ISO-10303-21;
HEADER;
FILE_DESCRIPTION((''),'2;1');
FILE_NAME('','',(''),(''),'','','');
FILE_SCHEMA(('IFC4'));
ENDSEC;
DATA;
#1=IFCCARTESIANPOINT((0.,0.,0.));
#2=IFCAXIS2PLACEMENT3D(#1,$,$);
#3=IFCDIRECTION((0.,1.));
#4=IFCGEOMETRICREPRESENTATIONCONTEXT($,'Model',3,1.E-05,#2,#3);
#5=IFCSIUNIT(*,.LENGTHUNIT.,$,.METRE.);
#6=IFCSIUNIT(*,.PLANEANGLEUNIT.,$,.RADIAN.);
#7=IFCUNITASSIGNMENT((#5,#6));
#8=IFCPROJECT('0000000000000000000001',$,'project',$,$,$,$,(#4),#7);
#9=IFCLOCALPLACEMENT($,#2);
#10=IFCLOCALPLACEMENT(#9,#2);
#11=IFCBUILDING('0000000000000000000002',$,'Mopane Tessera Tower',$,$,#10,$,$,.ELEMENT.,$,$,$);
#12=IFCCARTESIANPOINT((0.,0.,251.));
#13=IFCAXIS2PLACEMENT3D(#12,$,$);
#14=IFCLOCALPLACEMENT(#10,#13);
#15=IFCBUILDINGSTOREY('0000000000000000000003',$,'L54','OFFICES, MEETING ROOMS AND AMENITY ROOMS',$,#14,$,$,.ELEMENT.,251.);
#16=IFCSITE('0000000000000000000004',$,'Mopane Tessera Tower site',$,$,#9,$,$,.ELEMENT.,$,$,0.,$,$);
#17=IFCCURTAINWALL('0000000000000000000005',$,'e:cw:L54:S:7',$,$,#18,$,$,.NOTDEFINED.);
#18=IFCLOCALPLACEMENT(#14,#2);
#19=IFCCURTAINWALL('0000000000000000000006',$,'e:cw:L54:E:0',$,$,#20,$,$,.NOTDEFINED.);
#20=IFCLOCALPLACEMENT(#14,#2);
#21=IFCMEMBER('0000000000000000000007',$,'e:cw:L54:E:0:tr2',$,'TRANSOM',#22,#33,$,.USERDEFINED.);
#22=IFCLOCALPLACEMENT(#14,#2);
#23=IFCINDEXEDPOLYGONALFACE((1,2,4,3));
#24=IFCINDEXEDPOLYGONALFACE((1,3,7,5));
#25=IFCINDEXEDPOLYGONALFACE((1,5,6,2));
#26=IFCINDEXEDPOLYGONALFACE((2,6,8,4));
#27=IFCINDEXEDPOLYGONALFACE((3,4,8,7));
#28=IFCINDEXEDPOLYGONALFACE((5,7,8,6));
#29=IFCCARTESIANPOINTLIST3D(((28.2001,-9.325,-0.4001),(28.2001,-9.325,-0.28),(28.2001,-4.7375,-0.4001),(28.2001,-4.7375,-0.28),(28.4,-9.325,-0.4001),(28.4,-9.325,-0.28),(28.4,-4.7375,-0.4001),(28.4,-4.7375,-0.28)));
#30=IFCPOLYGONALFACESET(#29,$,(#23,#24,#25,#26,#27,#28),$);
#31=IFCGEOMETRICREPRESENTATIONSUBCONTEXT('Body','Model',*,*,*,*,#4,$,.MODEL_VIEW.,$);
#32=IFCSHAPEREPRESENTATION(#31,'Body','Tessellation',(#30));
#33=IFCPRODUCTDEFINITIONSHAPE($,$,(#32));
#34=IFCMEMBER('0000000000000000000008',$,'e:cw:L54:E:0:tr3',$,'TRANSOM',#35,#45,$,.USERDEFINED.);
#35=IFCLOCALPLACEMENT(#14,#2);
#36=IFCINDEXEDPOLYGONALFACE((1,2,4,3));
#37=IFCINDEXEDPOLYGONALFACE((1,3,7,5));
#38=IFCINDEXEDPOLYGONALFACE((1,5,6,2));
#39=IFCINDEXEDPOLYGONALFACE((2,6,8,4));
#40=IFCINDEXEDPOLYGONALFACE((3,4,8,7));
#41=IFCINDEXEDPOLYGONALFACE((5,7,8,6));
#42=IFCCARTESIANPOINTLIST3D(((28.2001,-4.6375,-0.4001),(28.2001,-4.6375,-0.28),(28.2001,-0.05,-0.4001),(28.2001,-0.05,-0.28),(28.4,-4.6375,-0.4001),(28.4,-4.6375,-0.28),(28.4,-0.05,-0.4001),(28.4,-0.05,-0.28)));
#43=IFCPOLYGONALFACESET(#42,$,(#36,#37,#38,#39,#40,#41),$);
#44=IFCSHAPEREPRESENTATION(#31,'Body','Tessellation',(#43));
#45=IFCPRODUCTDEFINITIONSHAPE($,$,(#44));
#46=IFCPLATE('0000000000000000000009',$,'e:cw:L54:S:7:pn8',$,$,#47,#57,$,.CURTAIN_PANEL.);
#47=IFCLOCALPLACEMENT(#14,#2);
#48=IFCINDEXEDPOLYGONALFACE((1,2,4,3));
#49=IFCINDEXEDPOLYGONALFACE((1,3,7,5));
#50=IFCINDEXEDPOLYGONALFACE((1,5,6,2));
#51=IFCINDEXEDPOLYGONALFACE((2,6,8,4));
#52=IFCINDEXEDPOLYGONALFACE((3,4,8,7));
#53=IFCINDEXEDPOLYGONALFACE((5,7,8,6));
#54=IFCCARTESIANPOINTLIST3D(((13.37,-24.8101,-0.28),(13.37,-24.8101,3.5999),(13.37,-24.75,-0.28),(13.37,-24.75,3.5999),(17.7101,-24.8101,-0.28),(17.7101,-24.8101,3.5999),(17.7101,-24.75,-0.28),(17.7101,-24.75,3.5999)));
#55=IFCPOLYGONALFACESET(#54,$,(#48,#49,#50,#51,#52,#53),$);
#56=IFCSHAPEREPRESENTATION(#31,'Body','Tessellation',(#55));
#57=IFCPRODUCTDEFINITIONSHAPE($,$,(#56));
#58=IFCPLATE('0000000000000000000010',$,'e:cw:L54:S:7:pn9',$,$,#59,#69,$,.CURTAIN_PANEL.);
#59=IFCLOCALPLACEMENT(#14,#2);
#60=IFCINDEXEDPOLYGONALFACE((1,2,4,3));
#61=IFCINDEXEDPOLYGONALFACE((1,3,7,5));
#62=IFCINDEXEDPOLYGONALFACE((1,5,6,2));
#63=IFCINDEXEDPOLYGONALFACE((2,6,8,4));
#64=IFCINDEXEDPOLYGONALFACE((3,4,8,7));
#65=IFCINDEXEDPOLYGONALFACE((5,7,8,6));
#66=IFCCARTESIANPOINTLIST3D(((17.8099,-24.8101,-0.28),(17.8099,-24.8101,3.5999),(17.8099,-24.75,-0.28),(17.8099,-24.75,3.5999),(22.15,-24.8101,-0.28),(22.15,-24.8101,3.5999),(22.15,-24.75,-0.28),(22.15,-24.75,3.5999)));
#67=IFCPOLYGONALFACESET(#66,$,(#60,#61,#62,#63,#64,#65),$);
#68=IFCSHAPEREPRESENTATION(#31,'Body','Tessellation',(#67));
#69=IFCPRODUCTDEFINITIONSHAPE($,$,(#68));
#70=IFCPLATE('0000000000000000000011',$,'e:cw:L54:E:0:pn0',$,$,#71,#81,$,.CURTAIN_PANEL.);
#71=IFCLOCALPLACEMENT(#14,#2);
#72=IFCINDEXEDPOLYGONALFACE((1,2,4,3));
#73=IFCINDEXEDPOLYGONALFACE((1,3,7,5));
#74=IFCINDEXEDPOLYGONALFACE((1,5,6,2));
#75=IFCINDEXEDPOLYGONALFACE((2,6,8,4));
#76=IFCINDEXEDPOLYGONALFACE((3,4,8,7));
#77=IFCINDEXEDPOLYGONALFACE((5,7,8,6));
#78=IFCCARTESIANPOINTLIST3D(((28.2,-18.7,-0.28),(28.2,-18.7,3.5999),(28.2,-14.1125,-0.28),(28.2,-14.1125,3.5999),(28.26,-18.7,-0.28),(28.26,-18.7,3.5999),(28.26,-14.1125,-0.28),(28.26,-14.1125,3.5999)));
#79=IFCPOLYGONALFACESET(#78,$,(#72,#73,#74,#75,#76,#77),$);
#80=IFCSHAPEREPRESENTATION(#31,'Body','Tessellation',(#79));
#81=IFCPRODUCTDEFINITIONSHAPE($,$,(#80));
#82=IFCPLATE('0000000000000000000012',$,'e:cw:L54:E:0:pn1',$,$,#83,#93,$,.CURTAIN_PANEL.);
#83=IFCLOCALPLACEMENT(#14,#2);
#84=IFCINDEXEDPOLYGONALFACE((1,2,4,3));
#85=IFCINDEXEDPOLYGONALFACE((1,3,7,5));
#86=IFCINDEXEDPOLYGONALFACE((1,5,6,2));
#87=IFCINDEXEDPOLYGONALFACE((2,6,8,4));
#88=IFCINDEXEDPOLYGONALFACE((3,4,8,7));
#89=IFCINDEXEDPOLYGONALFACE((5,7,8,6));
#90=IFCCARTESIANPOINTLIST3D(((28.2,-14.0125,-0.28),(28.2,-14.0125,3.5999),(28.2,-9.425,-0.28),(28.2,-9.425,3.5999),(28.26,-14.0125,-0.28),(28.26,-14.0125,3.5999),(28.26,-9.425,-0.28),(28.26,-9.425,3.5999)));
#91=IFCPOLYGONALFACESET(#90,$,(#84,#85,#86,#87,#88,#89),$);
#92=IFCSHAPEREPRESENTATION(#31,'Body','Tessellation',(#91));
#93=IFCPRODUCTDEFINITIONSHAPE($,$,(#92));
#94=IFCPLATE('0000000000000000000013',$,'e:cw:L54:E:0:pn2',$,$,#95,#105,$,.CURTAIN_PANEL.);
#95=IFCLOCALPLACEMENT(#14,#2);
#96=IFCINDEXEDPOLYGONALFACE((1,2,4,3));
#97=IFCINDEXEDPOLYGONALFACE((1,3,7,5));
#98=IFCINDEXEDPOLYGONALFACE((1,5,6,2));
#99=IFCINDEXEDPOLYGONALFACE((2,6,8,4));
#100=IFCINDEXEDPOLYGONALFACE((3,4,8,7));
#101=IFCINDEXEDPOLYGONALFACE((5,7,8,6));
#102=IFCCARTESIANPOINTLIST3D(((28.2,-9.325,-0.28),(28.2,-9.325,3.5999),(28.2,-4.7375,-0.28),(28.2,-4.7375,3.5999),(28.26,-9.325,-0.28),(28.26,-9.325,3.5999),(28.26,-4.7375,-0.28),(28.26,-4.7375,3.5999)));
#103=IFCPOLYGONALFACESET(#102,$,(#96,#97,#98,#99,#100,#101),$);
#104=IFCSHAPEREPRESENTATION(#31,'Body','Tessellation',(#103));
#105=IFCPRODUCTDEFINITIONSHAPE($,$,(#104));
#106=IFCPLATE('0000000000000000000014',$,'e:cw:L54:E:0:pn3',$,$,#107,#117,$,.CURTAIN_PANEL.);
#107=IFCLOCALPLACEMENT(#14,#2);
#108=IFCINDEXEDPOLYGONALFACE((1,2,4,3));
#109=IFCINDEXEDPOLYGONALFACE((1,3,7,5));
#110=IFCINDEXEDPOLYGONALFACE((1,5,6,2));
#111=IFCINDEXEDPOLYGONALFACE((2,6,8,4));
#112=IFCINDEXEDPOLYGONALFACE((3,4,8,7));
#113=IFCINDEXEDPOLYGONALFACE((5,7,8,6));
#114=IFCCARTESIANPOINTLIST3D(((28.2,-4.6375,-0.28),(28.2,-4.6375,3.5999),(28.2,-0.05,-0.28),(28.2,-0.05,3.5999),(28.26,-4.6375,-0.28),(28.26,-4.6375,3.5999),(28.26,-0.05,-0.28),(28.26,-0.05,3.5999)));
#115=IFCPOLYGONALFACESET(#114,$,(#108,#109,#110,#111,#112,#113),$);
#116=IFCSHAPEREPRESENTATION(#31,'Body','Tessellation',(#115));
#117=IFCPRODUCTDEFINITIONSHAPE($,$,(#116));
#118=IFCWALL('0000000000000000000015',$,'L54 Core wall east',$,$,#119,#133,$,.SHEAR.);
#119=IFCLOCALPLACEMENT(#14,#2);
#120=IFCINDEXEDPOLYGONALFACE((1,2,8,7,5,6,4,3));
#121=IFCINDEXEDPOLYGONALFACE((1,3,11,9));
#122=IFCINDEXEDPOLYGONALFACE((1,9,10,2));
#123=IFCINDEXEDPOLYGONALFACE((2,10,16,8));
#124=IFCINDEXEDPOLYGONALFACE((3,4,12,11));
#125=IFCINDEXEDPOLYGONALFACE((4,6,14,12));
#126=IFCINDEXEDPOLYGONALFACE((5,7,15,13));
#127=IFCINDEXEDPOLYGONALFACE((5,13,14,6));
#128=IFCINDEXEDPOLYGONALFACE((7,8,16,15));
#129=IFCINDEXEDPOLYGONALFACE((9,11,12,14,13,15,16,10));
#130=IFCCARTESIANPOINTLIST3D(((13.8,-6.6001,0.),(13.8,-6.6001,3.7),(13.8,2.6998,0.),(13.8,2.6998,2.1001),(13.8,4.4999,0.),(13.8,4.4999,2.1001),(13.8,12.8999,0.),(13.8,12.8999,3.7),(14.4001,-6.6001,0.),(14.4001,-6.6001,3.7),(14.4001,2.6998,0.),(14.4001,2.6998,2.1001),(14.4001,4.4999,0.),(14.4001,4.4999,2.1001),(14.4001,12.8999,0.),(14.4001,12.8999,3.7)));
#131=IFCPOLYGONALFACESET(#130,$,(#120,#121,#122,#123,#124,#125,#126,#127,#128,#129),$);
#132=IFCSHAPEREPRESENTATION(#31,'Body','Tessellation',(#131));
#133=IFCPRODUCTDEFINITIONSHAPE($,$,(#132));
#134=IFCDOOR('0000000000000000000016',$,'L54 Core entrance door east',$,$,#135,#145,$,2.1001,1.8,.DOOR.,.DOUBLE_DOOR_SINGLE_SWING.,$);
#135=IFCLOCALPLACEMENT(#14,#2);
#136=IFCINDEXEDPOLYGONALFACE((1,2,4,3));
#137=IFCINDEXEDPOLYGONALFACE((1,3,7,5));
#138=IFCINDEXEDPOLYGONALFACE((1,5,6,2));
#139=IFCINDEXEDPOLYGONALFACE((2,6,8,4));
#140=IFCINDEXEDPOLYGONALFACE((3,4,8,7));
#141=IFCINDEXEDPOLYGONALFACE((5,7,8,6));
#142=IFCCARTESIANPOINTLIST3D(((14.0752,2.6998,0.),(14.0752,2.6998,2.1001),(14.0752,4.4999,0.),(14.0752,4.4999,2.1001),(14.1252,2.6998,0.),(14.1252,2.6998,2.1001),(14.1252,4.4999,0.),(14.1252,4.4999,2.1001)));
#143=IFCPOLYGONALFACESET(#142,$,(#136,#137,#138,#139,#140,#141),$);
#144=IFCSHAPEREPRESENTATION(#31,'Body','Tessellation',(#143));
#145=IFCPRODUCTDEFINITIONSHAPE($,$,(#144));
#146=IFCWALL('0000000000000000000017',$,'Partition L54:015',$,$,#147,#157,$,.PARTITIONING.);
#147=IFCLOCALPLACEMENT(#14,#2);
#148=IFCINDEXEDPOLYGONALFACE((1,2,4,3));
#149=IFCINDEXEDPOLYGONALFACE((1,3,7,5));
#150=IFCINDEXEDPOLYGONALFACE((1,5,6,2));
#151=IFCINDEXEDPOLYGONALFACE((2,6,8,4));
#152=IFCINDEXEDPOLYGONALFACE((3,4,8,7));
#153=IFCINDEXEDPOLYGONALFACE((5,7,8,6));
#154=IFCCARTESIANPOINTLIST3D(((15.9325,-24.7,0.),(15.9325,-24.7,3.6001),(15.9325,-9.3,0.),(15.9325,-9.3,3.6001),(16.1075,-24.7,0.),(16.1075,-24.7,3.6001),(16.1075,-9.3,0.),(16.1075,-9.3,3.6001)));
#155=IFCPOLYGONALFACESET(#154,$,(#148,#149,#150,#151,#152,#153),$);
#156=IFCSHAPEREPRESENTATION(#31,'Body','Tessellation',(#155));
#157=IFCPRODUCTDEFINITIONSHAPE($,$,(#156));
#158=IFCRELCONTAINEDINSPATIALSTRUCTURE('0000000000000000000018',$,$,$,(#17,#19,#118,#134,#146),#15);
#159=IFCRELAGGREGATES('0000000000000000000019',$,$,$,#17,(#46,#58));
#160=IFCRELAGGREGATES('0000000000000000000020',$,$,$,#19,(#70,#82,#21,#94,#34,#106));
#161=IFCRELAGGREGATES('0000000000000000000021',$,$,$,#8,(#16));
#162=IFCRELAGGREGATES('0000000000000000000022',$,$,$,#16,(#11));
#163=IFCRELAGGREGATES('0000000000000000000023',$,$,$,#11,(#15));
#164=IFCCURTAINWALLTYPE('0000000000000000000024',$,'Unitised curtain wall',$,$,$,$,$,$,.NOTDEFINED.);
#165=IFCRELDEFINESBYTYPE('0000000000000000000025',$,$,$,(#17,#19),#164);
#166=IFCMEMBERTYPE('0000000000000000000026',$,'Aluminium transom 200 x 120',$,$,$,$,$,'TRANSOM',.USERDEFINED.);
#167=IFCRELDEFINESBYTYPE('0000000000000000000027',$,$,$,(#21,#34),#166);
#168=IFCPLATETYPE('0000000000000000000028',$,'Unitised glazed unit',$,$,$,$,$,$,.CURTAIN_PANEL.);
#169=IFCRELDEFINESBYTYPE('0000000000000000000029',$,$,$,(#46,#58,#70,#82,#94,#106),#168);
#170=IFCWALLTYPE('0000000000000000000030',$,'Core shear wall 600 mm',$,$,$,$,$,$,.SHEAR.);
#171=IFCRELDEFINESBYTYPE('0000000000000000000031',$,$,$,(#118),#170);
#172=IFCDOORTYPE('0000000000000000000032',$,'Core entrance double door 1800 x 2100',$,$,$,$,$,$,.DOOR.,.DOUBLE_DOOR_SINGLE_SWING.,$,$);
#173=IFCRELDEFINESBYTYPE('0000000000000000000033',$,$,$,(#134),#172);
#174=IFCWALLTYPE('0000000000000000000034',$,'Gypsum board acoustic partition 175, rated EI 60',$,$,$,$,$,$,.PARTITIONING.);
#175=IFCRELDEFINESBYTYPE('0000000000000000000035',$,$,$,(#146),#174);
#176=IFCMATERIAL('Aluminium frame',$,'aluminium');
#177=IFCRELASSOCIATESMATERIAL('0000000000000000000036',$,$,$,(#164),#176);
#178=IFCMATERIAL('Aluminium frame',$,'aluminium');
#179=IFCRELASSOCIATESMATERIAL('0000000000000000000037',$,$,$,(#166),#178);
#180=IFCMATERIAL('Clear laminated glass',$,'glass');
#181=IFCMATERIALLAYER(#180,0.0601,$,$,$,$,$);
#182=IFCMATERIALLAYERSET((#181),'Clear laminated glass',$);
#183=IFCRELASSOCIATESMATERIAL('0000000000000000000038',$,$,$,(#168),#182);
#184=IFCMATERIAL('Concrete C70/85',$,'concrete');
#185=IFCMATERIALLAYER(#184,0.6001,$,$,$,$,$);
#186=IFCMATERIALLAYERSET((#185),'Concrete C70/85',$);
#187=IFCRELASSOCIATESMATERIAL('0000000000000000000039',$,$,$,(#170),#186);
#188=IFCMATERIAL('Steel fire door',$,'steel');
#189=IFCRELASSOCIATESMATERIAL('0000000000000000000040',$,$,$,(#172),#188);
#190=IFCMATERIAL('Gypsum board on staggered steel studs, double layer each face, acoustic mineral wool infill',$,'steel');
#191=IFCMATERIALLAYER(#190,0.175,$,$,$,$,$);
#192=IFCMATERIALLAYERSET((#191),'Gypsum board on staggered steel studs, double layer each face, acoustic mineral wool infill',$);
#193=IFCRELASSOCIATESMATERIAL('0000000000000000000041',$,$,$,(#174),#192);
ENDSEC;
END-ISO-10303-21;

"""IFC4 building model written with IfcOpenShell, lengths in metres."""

from ifc_helpers import new_model, si_unit, direction, frame, frame_2d, origin, origin_2d, place, context, subcontext, project, spatial, rectangle, extrude, material, layer, layer_set, material_profile, profile_set, type_object, element, fill, aggregate, save


model = new_model("IFC4")

# Units and contexts
model_context = context("Model", 3, precision=1e-05, world=origin(), true_north=direction((0.0, 1.0)))
body_context = subcontext(model_context, "Body", "Model", "MODEL_VIEW")
ifc_project = project(units=[si_unit("LENGTHUNIT", "METRE"), si_unit("PLANEANGLEUNIT", "RADIAN")], contexts=[model_context])

# Site, building, storey
site_placement = place(None, origin())
site = spatial("IfcSite", under=ifc_project, at=site_placement, Name="Mopane Tessera Tower site", CompositionType="ELEMENT", RefElevation=0.0)
building_placement = place(site_placement, origin())
building = spatial("IfcBuilding", under=site, at=building_placement, Name="Mopane Tessera Tower", CompositionType="ELEMENT")
storey_placement = place(building_placement, frame((0.0, 0.0, 251.0)))
storey = spatial("IfcBuildingStorey", under=building, at=storey_placement, Name="L54", Description="OFFICES, MEETING ROOMS AND AMENITY ROOMS", CompositionType="ELEMENT", Elevation=251.0)

# Curtain walls
ifc_material_1 = material(Name="Aluminium frame", Category="aluminium")
curtain_wall_type = type_object("IfcCurtainWallType", Name="Unitised curtain wall", PredefinedType="NOTDEFINED", material=ifc_material_1)
curtain_wall_1_placement = place(storey_placement, origin())
curtain_wall_1 = element("IfcCurtainWall", 1, at=curtain_wall_1_placement, inside=storey, type_object=curtain_wall_type, Name="e:cw:L54:S:7", PredefinedType="NOTDEFINED")
curtain_wall_2_placement = place(storey_placement, origin())
curtain_wall_2 = element("IfcCurtainWall", 2, at=curtain_wall_2_placement, inside=storey, type_object=curtain_wall_type, Name="e:cw:L54:E:0", PredefinedType="NOTDEFINED")

# Members
ifc_material_2 = material(Name="Aluminium frame", Category="aluminium")
ifc_material_profile_1 = material_profile(ifc_material_2, rectangle(XDim=0.2, YDim=0.1201, at=origin_2d()))
ifc_profile_set_1 = profile_set([ifc_material_profile_1], Name="Aluminium frame")
member_type_1 = type_object("IfcMemberType", Name="Aluminium transom 200 x 120", ElementType="TRANSOM", PredefinedType="USERDEFINED", material=ifc_profile_set_1)
member_1_placement = place(storey_placement, frame((28.3, -9.325, -0.3401), z_axis=(0.0, 1.0, 0.0), x_axis=(-1.0, 0.0, 0.0)))
member_1 = element("IfcMember", 3, at=member_1_placement, type_object=member_type_1, Name="e:cw:L54:E:0:tr2", ObjectType="TRANSOM", PredefinedType="USERDEFINED", context=body_context, shape_type="SweptSolid", body=[
    extrude(rectangle(XDim=0.2, YDim=0.1201, at=origin_2d()), origin(), (0.0, 0.0, 1.0), 4.5874),
])
member_2_placement = place(storey_placement, frame((28.3, -4.6375, -0.3401), z_axis=(0.0, 1.0, 0.0), x_axis=(-1.0, 0.0, 0.0)))
member_2 = element("IfcMember", 4, at=member_2_placement, type_object=member_type_1, Name="e:cw:L54:E:0:tr3", ObjectType="TRANSOM", PredefinedType="USERDEFINED", context=body_context, shape_type="SweptSolid", body=[
    extrude(rectangle(XDim=0.2, YDim=0.1201, at=origin_2d()), origin(), (0.0, 0.0, 1.0), 4.5874),
])

# Plates
ifc_material_3 = material(Name="Clear laminated glass", Category="glass")
ifc_layer_1 = layer(ifc_material_3, 0.0601)
ifc_layer_set_1 = layer_set([ifc_layer_1], Name="Clear laminated glass")
plate_type = type_object("IfcPlateType", Name="Unitised glazed unit", PredefinedType="CURTAIN_PANEL", material=ifc_layer_set_1)
plate_1_placement = place(storey_placement, frame((15.54, -24.78, -0.28), z_axis=(0.0, 0.0, 1.0), x_axis=(1.0, 0.0, 0.0)))
plate_1 = element("IfcPlate", 5, at=plate_1_placement, type_object=plate_type, Name="e:cw:L54:S:7:pn8", PredefinedType="CURTAIN_PANEL", context=body_context, shape_type="SweptSolid", body=[
    extrude(rectangle(XDim=4.3401, YDim=0.0601, at=origin_2d()), origin(), (0.0, 0.0, 1.0), 3.8799),
])
plate_2_placement = place(storey_placement, frame((19.98, -24.78, -0.28), z_axis=(0.0, 0.0, 1.0), x_axis=(1.0, 0.0, 0.0)))
plate_2 = element("IfcPlate", 6, at=plate_2_placement, type_object=plate_type, Name="e:cw:L54:S:7:pn9", PredefinedType="CURTAIN_PANEL", context=body_context, shape_type="SweptSolid", body=[
    extrude(rectangle(XDim=4.3401, YDim=0.0601, at=origin_2d()), origin(), (0.0, 0.0, 1.0), 3.8799),
])
aggregate(curtain_wall_1, [plate_1, plate_2])
plate_3_placement = place(storey_placement, frame((28.23, -16.4062, -0.28), z_axis=(0.0, 0.0, 1.0), x_axis=(0.0, 1.0, 0.0)))
plate_3 = element("IfcPlate", 7, at=plate_3_placement, type_object=plate_type, Name="e:cw:L54:E:0:pn0", PredefinedType="CURTAIN_PANEL", context=body_context, shape_type="SweptSolid", body=[
    extrude(rectangle(XDim=4.5874, YDim=0.0601, at=origin_2d()), origin(), (0.0, 0.0, 1.0), 3.8799),
])
plate_4_placement = place(storey_placement, frame((28.23, -11.7188, -0.28), z_axis=(0.0, 0.0, 1.0), x_axis=(0.0, 1.0, 0.0)))
plate_4 = element("IfcPlate", 8, at=plate_4_placement, type_object=plate_type, Name="e:cw:L54:E:0:pn1", PredefinedType="CURTAIN_PANEL", context=body_context, shape_type="SweptSolid", body=[
    extrude(rectangle(XDim=4.5874, YDim=0.0601, at=origin_2d()), origin(), (0.0, 0.0, 1.0), 3.8799),
])
plate_5_placement = place(storey_placement, frame((28.23, -7.0312, -0.28), z_axis=(0.0, 0.0, 1.0), x_axis=(0.0, 1.0, 0.0)))
plate_5 = element("IfcPlate", 9, at=plate_5_placement, type_object=plate_type, Name="e:cw:L54:E:0:pn2", PredefinedType="CURTAIN_PANEL", context=body_context, shape_type="SweptSolid", body=[
    extrude(rectangle(XDim=4.5874, YDim=0.0601, at=origin_2d()), origin(), (0.0, 0.0, 1.0), 3.8799),
])
plate_6_placement = place(storey_placement, frame((28.23, -2.3438, -0.28), z_axis=(0.0, 0.0, 1.0), x_axis=(0.0, 1.0, 0.0)))
plate_6 = element("IfcPlate", 10, at=plate_6_placement, type_object=plate_type, Name="e:cw:L54:E:0:pn3", PredefinedType="CURTAIN_PANEL", context=body_context, shape_type="SweptSolid", body=[
    extrude(rectangle(XDim=4.5874, YDim=0.0601, at=origin_2d()), origin(), (0.0, 0.0, 1.0), 3.8799),
])
aggregate(curtain_wall_2, [plate_3, plate_4, member_1, plate_5, member_2, plate_6])

# Wall, opening, door
ifc_material_4 = material(Name="Concrete C70/85", Category="concrete")
ifc_layer_2 = layer(ifc_material_4, 0.6001)
ifc_layer_set_2 = layer_set([ifc_layer_2], Name="Concrete C70/85")
wall_type_1 = type_object("IfcWallType", Name="Core shear wall 600 mm", PredefinedType="SHEAR", material=ifc_layer_set_2)
wall_1_placement = place(storey_placement, frame((14.1001, -6.6001, 0.0), z_axis=(0.0, 0.0, 1.0), x_axis=(0.0, 1.0, 0.0)))
wall_1 = element("IfcWall", 11, at=wall_1_placement, inside=storey, type_object=wall_type_1, Name="L54 Core wall east", PredefinedType="SHEAR", context=body_context, shape_type="SweptSolid", body=[
    extrude(rectangle(XDim=19.5, YDim=0.6001, at=frame_2d((9.75, 0.0))), origin(), (0.0, 0.0, 1.0), 3.7),
])
opening_1_placement = place(wall_1_placement, frame((9.3, 0.0, 0.0)))
opening_1 = element("IfcOpeningElement", 12, at=opening_1_placement, cuts=wall_1, PredefinedType="OPENING", context=body_context, shape_type="SweptSolid", body=[
    extrude(rectangle(XDim=1.8, YDim=2.1001, at=frame_2d((0.8999, 1.05))), frame((0.0, 0.312, 0.0), z_axis=(0.0, -1.0, 0.0), x_axis=(1.0, 0.0, 0.0)), (0.0, 0.0, 1.0), 0.624),
])
ifc_material_5 = material(Name="Steel fire door", Category="steel")
door_type_1 = type_object("IfcDoorType", Name="Core entrance double door 1800 x 2100", OperationType="DOUBLE_DOOR_SINGLE_SWING", PredefinedType="DOOR", material=ifc_material_5)
door_1_placement = place(opening_1_placement, origin())
door_1 = element("IfcDoor", 13, at=door_1_placement, inside=storey, type_object=door_type_1, Name="L54 Core entrance door east", OperationType="DOUBLE_DOOR_SINGLE_SWING", OverallHeight=2.1001, OverallWidth=1.8, PredefinedType="DOOR", context=body_context, shape_type="SweptSolid", body=[
    extrude(rectangle(XDim=1.8, YDim=2.1001, at=frame_2d((0.8999, 1.05))), frame((0.0, 0.0249, 0.0), z_axis=(0.0, -1.0, 0.0), x_axis=(1.0, 0.0, 0.0)), (0.0, 0.0, 1.0), 0.05),
])
fill(opening_1, door_1)

# Wall
ifc_material_6 = material(Name="Gypsum board on staggered steel studs, double layer each face, acoustic mineral wool infill", Category="steel")
ifc_layer_3 = layer(ifc_material_6, 0.175)
ifc_layer_set_3 = layer_set([ifc_layer_3], Name="Gypsum board on staggered steel studs, double layer each face, acoustic mineral wool infill")
wall_type_2 = type_object("IfcWallType", Name="Gypsum board acoustic partition 175, rated EI 60", PredefinedType="PARTITIONING", material=ifc_layer_set_3)
wall_2_placement = place(storey_placement, frame((16.02, -24.7, 0.0), z_axis=(0.0, 0.0, 1.0), x_axis=(0.0, 1.0, 0.0)))
element("IfcWall", 14, at=wall_2_placement, inside=storey, type_object=wall_type_2, Name="Partition L54:015", PredefinedType="PARTITIONING", context=body_context, shape_type="SweptSolid", body=[
    extrude(rectangle(XDim=15.3999, YDim=0.175, at=frame_2d((7.7, 0.0))), origin(), (0.0, 0.0, 1.0), 3.6001),
])

save(model, "model.ifc")
